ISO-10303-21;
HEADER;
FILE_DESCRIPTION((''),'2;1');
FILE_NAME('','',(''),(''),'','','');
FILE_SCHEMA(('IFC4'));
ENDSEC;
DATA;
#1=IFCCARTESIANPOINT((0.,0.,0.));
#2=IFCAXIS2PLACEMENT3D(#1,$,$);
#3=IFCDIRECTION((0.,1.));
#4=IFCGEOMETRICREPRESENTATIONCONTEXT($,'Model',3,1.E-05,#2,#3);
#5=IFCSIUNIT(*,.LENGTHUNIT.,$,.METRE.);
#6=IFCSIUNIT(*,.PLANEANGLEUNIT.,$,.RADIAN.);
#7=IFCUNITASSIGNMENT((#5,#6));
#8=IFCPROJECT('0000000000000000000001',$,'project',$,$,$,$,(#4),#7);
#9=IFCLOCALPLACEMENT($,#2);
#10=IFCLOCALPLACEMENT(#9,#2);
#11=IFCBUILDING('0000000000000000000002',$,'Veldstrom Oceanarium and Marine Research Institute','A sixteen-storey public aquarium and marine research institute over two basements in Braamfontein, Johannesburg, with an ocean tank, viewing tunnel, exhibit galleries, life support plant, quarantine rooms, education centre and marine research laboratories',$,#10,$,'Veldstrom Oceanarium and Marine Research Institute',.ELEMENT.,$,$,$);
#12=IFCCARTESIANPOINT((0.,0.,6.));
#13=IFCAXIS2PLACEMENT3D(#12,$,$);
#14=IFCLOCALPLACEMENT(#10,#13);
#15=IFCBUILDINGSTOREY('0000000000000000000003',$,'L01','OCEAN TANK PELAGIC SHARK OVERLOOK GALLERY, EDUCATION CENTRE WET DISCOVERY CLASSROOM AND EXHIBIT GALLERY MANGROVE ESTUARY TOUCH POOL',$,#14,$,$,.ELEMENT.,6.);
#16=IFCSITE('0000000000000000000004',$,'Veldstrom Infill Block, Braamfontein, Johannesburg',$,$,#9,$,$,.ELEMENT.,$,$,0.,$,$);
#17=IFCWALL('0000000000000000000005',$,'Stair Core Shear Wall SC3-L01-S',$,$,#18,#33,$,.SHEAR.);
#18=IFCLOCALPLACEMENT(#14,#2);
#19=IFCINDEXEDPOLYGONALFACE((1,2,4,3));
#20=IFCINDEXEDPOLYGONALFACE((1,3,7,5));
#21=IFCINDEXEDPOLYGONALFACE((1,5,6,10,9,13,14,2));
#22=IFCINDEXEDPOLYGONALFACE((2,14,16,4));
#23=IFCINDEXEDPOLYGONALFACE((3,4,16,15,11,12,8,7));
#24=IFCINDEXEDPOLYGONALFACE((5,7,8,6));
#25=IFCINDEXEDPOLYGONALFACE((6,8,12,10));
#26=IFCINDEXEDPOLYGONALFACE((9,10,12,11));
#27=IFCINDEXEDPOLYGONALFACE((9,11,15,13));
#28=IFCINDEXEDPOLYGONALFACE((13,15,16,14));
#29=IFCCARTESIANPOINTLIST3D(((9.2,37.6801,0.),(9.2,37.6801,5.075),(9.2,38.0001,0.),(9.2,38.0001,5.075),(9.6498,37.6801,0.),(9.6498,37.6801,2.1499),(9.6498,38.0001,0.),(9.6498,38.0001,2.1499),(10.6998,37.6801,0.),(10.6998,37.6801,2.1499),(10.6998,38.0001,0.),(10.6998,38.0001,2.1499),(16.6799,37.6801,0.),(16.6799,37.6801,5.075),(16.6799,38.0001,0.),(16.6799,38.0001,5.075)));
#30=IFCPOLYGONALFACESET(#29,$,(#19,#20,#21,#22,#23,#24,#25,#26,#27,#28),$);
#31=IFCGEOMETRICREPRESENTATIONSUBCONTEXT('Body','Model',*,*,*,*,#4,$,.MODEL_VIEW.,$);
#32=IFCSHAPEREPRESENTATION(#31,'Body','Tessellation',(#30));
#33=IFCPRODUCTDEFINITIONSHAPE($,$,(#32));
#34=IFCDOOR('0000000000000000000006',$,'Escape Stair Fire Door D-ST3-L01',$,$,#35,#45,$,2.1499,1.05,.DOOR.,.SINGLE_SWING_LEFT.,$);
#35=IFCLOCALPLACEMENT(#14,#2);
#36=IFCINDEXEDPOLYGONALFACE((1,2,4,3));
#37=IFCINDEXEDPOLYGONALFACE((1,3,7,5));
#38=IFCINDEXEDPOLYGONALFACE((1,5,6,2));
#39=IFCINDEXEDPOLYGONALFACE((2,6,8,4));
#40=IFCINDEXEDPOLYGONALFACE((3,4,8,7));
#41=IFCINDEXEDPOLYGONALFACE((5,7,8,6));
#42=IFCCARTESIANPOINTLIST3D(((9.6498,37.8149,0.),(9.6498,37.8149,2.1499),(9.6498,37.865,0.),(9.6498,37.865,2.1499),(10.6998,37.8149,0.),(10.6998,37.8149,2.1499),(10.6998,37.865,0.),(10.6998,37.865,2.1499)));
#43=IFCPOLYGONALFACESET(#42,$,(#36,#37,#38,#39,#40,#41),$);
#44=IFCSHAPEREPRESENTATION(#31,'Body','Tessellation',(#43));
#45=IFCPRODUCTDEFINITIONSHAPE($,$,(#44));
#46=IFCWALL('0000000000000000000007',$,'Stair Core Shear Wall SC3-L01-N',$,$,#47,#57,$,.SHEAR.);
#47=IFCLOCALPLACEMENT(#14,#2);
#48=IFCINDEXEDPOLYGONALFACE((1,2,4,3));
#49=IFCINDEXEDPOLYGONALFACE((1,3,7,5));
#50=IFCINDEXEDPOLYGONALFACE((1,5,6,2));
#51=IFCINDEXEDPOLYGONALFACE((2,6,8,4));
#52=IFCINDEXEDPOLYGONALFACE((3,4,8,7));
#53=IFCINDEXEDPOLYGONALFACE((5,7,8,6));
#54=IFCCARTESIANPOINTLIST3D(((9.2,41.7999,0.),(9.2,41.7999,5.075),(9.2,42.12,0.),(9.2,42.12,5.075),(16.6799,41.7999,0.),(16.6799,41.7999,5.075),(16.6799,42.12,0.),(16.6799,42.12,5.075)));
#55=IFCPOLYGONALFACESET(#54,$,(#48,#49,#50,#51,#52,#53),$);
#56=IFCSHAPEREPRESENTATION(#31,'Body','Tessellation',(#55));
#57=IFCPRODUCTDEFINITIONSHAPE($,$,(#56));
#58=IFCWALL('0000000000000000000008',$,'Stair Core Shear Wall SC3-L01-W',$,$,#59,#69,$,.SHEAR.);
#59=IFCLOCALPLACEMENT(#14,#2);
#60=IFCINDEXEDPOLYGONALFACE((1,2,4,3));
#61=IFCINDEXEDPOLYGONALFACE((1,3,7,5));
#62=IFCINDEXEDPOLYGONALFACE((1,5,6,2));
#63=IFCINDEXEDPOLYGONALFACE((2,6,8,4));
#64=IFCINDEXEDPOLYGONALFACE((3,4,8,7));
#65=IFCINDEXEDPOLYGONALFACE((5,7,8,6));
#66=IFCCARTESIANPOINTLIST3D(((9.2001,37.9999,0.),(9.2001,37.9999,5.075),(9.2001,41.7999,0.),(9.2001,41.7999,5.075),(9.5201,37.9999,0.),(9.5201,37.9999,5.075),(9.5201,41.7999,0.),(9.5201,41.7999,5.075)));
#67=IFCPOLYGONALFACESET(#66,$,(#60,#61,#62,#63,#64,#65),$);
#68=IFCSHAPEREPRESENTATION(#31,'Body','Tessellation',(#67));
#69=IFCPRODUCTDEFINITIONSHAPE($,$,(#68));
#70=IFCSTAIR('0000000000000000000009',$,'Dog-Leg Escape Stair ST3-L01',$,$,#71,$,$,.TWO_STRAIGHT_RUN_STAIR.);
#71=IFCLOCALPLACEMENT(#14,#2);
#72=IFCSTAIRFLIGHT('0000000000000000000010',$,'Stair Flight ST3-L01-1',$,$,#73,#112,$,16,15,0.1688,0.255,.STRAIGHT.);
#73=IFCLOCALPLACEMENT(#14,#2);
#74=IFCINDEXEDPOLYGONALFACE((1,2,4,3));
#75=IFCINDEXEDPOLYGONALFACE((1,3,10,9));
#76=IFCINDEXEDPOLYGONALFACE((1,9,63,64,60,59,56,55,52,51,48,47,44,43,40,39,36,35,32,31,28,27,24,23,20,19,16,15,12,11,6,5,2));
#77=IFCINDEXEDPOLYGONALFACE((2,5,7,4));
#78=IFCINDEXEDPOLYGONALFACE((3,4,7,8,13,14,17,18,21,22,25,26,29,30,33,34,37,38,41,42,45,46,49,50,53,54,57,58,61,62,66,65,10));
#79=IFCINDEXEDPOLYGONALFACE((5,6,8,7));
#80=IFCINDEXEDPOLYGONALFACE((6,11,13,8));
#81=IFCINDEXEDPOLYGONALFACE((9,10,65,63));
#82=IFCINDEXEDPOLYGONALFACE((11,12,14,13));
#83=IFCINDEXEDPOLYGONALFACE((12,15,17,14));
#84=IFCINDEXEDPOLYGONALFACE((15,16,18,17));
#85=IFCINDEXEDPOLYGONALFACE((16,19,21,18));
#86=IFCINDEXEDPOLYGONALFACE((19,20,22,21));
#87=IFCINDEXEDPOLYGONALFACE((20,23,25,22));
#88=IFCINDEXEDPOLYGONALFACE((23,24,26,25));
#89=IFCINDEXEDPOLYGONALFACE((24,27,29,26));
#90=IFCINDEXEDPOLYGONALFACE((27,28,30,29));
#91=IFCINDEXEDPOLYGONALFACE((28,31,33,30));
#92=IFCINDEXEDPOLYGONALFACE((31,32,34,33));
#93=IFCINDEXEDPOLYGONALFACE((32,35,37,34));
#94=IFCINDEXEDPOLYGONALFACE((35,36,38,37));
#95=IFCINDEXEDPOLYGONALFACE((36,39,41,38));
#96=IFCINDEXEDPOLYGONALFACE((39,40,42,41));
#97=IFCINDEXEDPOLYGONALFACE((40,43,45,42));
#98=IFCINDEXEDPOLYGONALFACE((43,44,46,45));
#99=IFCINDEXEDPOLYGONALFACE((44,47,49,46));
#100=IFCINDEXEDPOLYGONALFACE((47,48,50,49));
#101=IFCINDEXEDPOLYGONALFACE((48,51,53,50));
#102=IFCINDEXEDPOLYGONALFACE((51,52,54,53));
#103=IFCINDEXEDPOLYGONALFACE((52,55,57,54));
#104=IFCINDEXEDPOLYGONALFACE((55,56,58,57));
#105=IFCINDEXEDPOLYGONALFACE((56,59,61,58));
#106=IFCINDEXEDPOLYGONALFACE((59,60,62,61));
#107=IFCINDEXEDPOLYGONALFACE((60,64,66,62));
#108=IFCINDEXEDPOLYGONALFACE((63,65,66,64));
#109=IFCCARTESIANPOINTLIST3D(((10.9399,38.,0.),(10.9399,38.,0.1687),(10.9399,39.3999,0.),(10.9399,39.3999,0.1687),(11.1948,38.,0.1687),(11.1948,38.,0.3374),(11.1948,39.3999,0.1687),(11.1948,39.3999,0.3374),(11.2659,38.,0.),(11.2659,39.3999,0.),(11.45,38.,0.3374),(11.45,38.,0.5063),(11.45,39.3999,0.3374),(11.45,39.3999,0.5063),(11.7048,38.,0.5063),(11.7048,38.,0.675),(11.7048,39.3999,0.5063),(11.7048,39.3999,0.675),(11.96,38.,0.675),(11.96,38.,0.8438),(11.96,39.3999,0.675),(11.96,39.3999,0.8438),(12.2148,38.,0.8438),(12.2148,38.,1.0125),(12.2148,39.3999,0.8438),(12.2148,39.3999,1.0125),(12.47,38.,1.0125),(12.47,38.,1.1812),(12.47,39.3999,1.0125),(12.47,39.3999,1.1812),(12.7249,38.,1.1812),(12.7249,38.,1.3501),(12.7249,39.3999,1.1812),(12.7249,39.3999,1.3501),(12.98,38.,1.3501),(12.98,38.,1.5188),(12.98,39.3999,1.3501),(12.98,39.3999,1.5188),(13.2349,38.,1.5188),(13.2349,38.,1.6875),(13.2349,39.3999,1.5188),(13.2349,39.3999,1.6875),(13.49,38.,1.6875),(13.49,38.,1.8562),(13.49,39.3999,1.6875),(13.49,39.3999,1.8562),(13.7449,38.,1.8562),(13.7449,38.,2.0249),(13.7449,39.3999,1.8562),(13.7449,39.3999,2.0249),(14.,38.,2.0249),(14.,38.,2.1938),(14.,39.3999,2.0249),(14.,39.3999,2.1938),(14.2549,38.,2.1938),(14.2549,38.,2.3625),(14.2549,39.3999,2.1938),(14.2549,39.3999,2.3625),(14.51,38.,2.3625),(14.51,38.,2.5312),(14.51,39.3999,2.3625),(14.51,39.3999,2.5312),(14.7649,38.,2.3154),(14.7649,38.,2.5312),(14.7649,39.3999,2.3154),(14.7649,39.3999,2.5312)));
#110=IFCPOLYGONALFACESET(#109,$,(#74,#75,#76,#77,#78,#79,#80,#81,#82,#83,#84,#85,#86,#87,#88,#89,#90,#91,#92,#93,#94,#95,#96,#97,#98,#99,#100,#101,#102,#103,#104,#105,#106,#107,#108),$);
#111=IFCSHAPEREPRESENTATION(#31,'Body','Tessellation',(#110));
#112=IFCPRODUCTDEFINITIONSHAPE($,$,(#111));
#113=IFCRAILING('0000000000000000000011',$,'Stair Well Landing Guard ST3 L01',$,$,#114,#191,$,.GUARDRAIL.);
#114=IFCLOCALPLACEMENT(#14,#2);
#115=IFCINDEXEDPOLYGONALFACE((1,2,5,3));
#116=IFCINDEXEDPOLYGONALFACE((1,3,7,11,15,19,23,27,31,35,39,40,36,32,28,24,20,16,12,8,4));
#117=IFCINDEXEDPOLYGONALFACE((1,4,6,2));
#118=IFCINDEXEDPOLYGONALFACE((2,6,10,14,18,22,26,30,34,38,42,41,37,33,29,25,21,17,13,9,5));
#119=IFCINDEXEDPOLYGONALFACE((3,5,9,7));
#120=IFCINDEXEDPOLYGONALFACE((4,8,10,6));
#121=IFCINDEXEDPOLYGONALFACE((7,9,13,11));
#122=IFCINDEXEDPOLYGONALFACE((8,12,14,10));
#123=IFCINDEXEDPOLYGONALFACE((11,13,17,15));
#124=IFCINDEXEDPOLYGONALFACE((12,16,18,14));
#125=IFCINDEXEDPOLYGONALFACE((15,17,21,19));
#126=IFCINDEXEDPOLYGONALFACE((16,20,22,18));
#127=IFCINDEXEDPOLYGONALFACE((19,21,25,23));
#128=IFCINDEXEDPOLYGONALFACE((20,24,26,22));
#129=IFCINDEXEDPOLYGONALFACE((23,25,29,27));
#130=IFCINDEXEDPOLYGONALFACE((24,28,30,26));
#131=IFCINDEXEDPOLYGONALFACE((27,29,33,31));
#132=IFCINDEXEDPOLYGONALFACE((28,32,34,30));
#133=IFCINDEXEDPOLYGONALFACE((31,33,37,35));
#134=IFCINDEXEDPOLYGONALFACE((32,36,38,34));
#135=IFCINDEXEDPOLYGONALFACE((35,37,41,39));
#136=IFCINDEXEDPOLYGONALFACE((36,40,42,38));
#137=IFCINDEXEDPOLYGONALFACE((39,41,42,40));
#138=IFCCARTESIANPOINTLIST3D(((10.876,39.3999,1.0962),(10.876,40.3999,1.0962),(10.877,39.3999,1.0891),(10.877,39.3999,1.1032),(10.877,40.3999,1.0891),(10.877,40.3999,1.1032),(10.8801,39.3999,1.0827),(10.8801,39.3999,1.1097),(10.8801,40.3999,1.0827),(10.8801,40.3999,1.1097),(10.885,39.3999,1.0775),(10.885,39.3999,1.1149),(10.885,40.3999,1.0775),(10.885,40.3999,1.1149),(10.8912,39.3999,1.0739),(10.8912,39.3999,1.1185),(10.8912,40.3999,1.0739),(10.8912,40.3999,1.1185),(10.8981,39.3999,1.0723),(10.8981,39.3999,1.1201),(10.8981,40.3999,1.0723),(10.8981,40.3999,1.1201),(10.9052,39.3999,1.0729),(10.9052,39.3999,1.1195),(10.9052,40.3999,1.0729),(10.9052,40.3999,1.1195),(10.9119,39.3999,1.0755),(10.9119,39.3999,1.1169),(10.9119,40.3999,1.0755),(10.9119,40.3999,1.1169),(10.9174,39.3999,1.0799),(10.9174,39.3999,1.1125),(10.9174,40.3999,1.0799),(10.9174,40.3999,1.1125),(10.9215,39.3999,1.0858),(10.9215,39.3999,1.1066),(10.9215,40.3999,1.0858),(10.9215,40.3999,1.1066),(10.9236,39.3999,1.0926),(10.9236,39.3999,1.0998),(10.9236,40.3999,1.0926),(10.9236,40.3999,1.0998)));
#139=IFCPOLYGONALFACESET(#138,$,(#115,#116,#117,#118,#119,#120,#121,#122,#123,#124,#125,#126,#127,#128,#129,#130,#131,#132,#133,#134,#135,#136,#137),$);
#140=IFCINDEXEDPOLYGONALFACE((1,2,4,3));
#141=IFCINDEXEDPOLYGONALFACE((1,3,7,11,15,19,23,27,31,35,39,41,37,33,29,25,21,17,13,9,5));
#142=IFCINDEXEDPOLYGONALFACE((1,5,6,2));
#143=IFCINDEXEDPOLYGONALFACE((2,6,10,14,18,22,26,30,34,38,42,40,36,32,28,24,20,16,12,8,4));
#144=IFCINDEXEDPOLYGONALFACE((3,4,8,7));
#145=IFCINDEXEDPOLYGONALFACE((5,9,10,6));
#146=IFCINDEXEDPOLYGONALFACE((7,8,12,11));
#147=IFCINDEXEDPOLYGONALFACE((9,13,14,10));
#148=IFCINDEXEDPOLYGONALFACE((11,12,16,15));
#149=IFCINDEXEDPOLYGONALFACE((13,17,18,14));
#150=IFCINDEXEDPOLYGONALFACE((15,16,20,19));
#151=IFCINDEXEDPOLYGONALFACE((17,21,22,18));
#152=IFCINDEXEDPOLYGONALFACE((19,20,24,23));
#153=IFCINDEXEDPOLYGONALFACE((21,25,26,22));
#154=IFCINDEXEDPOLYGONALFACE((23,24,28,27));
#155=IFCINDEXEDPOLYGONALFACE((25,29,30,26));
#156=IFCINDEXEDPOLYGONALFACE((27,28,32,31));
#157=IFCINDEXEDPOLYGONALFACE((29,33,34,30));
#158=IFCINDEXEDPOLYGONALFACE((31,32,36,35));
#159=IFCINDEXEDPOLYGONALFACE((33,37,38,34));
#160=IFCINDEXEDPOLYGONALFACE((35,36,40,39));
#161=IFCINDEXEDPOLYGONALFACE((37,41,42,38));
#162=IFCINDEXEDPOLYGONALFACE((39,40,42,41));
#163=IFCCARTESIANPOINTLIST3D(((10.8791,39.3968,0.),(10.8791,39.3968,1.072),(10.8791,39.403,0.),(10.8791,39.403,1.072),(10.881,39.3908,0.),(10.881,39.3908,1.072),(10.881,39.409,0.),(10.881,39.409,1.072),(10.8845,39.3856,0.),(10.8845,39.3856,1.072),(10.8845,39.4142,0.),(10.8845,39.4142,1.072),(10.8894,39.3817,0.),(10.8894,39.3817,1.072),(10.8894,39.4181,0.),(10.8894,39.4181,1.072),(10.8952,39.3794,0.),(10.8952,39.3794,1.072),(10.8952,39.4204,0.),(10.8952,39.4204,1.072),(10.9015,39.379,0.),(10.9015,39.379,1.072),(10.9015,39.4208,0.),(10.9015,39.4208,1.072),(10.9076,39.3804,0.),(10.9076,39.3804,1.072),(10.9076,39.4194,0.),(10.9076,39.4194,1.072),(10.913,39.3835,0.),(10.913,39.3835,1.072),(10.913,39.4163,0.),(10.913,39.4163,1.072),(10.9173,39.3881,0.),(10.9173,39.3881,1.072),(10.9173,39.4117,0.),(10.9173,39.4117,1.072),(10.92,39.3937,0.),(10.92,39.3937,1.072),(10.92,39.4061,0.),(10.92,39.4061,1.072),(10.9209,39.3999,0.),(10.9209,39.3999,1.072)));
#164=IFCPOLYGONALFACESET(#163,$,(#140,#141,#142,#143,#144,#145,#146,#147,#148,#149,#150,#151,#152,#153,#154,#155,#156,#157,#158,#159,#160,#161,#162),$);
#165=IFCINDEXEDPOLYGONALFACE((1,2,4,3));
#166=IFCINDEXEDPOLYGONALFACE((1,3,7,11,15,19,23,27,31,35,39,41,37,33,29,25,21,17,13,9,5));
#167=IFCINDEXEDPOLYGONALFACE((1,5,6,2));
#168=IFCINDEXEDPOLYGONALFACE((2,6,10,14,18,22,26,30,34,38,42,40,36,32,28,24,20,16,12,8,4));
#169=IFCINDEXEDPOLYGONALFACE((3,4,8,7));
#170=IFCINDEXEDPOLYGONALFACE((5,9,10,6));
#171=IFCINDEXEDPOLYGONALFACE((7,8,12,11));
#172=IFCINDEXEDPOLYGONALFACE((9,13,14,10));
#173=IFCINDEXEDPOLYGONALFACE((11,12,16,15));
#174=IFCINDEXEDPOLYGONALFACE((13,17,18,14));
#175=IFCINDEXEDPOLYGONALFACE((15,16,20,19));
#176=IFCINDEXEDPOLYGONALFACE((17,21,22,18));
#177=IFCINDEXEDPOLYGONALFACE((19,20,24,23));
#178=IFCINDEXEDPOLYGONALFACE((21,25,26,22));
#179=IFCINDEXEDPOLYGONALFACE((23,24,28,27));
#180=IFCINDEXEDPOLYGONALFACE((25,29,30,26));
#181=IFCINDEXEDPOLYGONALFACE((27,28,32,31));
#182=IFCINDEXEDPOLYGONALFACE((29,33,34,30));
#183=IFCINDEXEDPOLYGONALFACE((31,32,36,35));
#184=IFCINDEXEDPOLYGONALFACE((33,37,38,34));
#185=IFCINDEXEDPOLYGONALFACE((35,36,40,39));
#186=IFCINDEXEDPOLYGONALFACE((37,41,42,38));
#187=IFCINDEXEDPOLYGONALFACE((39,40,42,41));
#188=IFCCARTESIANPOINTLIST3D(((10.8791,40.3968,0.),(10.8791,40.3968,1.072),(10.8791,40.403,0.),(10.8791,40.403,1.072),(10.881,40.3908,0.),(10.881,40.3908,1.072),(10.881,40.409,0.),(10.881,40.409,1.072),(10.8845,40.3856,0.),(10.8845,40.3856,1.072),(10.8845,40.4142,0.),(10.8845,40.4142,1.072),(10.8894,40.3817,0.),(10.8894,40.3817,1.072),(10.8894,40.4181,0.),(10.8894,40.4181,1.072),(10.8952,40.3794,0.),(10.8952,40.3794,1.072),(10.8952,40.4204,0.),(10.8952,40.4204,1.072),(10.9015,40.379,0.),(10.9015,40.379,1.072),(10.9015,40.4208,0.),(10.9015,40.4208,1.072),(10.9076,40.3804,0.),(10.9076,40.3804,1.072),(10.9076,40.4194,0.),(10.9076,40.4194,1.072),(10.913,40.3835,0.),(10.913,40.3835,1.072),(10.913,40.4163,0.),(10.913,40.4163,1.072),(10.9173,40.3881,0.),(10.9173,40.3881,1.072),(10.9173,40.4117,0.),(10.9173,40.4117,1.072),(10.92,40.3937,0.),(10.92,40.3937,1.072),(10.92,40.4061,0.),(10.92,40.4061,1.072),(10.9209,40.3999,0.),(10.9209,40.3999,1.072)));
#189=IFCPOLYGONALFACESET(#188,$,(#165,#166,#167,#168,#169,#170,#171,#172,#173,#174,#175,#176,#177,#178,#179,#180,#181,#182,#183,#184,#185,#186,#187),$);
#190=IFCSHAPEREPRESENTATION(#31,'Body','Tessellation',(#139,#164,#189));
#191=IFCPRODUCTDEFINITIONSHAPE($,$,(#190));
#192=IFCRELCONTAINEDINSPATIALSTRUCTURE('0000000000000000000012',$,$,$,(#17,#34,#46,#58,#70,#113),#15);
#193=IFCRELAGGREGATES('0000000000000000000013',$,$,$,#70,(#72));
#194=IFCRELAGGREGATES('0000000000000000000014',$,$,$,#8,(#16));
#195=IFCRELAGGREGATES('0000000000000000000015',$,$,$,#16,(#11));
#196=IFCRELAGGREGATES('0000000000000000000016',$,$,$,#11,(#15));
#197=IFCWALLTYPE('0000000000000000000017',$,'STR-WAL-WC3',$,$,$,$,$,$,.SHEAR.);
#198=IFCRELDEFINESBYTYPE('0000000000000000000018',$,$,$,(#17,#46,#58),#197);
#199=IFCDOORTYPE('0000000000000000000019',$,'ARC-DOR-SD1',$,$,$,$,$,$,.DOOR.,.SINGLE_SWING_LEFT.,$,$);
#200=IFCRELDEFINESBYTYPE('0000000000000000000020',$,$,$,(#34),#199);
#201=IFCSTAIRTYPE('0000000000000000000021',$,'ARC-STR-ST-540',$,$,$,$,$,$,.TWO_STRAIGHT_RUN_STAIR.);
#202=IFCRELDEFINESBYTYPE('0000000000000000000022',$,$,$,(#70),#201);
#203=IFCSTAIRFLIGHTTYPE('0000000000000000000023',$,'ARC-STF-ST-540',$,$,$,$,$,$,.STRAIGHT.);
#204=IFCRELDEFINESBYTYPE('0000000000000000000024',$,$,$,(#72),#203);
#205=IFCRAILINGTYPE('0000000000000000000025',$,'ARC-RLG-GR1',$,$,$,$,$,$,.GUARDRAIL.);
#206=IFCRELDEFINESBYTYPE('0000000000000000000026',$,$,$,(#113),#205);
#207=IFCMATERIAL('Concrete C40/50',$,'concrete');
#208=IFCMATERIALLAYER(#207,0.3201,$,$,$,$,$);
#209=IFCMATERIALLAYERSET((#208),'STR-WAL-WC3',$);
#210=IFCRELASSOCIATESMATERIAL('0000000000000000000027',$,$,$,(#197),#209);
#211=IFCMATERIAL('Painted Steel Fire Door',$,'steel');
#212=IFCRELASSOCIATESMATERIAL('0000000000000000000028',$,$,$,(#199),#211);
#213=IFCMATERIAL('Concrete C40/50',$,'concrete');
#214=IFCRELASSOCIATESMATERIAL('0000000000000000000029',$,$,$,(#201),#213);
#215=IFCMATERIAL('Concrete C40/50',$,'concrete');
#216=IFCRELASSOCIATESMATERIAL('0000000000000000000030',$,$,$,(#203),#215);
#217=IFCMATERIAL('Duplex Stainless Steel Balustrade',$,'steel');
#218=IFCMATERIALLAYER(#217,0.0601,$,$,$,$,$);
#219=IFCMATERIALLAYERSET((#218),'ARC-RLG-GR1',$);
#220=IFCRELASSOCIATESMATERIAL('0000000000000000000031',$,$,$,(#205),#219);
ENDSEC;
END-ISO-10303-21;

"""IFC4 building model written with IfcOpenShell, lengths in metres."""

from ifc_helpers import new_model, si_unit, direction, frame, frame_2d, origin, origin_2d, place, context, subcontext, project, spatial, polyline, rectangle, circle, outline, extrude, material, layer, layer_set, type_object, element, fill, aggregate, save


model = new_model("IFC4")

# Units and contexts
model_context = context("Model", 3, precision=1e-05, world=origin(), true_north=direction((0.0, 1.0)))
body_context = subcontext(model_context, "Body", "Model", "MODEL_VIEW")
ifc_project = project(units=[si_unit("LENGTHUNIT", "METRE"), si_unit("PLANEANGLEUNIT", "RADIAN")], contexts=[model_context])

# Site, building, storey
site_placement = place(None, origin())
site = spatial("IfcSite", under=ifc_project, at=site_placement, Name="Veldstrom Infill Block, Braamfontein, Johannesburg", CompositionType="ELEMENT", RefElevation=0.0)
building_placement = place(site_placement, origin())
building = spatial("IfcBuilding", under=site, at=building_placement, Name="Veldstrom Oceanarium and Marine Research Institute", Description="A sixteen-storey public aquarium and marine research institute over two basements in Braamfontein, Johannesburg, with an ocean tank, viewing tunnel, exhibit galleries, life support plant, quarantine rooms, education centre and marine research laboratories", LongName="Veldstrom Oceanarium and Marine Research Institute", CompositionType="ELEMENT")
storey_placement = place(building_placement, frame((0.0, 0.0, 6.0)))
storey = spatial("IfcBuildingStorey", under=building, at=storey_placement, Name="L01", Description="OCEAN TANK PELAGIC SHARK OVERLOOK GALLERY, EDUCATION CENTRE WET DISCOVERY CLASSROOM AND EXHIBIT GALLERY MANGROVE ESTUARY TOUCH POOL", CompositionType="ELEMENT", Elevation=6.0)

# Wall, opening, door
ifc_material_1 = material(Name="Concrete C40/50", Category="concrete")
ifc_layer_1 = layer(ifc_material_1, 0.3201)
ifc_layer_set_1 = layer_set([ifc_layer_1], Name="STR-WAL-WC3")
wall_type_1 = type_object("IfcWallType", Name="STR-WAL-WC3", PredefinedType="SHEAR", material=ifc_layer_set_1)
wall_1_placement = place(storey_placement, frame((9.2, 37.8401, 0.0), z_axis=(0.0, 0.0, 1.0), x_axis=(1.0, 0.0, 0.0)))
wall_1 = element("IfcWall", 1, at=wall_1_placement, inside=storey, type_object=wall_type_1, Name="Stair Core Shear Wall SC3-L01-S", PredefinedType="SHEAR", context=body_context, shape_type="SweptSolid", body=[
    extrude(rectangle(XDim=7.48, YDim=0.3201, at=frame_2d((3.74, 0.0))), origin(), (0.0, 0.0, 1.0), 5.075),
])
opening_1_placement = place(wall_1_placement, frame((0.45, 0.0, 0.0)))
opening_1 = element("IfcOpeningElement", 2, at=opening_1_placement, cuts=wall_1, PredefinedType="OPENING", context=body_context, shape_type="SweptSolid", body=[
    extrude(rectangle(XDim=1.05, YDim=2.1499, at=frame_2d((0.5249, 1.075))), frame((0.0, 0.1699, 0.0), z_axis=(0.0, -1.0, 0.0), x_axis=(1.0, 0.0, 0.0)), (0.0, 0.0, 1.0), 0.3401),
])
ifc_material_2 = material(Name="Painted Steel Fire Door", Category="steel")
door_type_1 = type_object("IfcDoorType", Name="ARC-DOR-SD1", OperationType="SINGLE_SWING_LEFT", PredefinedType="DOOR", material=ifc_material_2)
door_1_placement = place(opening_1_placement, origin())
door_1 = element("IfcDoor", 3, at=door_1_placement, inside=storey, type_object=door_type_1, Name="Escape Stair Fire Door D-ST3-L01", OperationType="SINGLE_SWING_LEFT", OverallHeight=2.1499, OverallWidth=1.05, PredefinedType="DOOR", context=body_context, shape_type="SweptSolid", body=[
    extrude(rectangle(XDim=1.05, YDim=2.1499, at=frame_2d((0.5249, 1.075))), frame((0.0, 0.0249, 0.0), z_axis=(0.0, -1.0, 0.0), x_axis=(1.0, 0.0, 0.0)), (0.0, 0.0, 1.0), 0.05),
])
fill(opening_1, door_1)

# Walls
wall_2_placement = place(storey_placement, frame((9.2, 41.96, 0.0), z_axis=(0.0, 0.0, 1.0), x_axis=(1.0, 0.0, 0.0)))
element("IfcWall", 4, at=wall_2_placement, inside=storey, type_object=wall_type_1, Name="Stair Core Shear Wall SC3-L01-N", PredefinedType="SHEAR", context=body_context, shape_type="SweptSolid", body=[
    extrude(rectangle(XDim=7.48, YDim=0.3201, at=frame_2d((3.74, 0.0))), origin(), (0.0, 0.0, 1.0), 5.075),
])
wall_3_placement = place(storey_placement, frame((9.3601, 38.0, 0.0), z_axis=(0.0, 0.0, 1.0), x_axis=(0.0, 1.0, 0.0)))
element("IfcWall", 5, at=wall_3_placement, inside=storey, type_object=wall_type_1, Name="Stair Core Shear Wall SC3-L01-W", PredefinedType="SHEAR", context=body_context, shape_type="SweptSolid", body=[
    extrude(rectangle(XDim=3.8, YDim=0.3201, at=frame_2d((1.8999, 0.0))), origin(), (0.0, 0.0, 1.0), 5.075),
])

# Stair, stair flight
ifc_material_3 = material(Name="Concrete C40/50", Category="concrete")
stair_type = type_object("IfcStairType", Name="ARC-STR-ST-540", PredefinedType="TWO_STRAIGHT_RUN_STAIR", material=ifc_material_3)
stair_placement = place(storey_placement, origin())
stair = element("IfcStair", 6, at=stair_placement, inside=storey, type_object=stair_type, Name="Dog-Leg Escape Stair ST3-L01", PredefinedType="TWO_STRAIGHT_RUN_STAIR")
ifc_material_4 = material(Name="Concrete C40/50", Category="concrete")
stair_flight_type = type_object("IfcStairFlightType", Name="ARC-STF-ST-540", PredefinedType="STRAIGHT", material=ifc_material_4)
stair_flight_placement = place(storey_placement, frame((10.9399, 38.7, 0.0), z_axis=(0.0, 0.0, 1.0), x_axis=(1.0, 0.0, 0.0)))
stair_flight = element("IfcStairFlight", 7, at=stair_flight_placement, type_object=stair_flight_type, Name="Stair Flight ST3-L01-1", NumberOfRisers=16, NumberOfTreads=15, PredefinedType="STRAIGHT", RiserHeight=0.1688, TreadLength=0.255, context=body_context, shape_type="SweptSolid", body=[
    extrude(outline(polyline([(0.0, 0.0), (0.0, 0.1687), (0.2549, 0.1687), (0.2549, 0.3374), (0.51, 0.3374), (0.51, 0.5063), (0.7649, 0.5063), (0.7649, 0.675), (1.02, 0.675), (1.02, 0.8438), (1.2749, 0.8438), (1.2749, 1.0125), (1.53, 1.0125), (1.53, 1.1812), (1.7849, 1.1812), (1.7849, 1.3501), (2.04, 1.3501), (2.04, 1.5188), (2.2949, 1.5188), (2.2949, 1.6875), (2.55, 1.6875), (2.55, 1.8562), (2.8049, 1.8562), (2.8049, 2.0249), (3.0601, 2.0249), (3.0601, 2.1938), (3.3149, 2.1938), (3.3149, 2.3625), (3.5701, 2.3625), (3.5701, 2.5312), (3.825, 2.5312), (3.825, 2.7), (3.825, 2.3154), (0.3259, 0.0), (0.0, 0.0)])), frame((0.0, 0.7, 0.0), z_axis=(0.0, -1.0, 0.0), x_axis=(1.0, 0.0, 0.0)), (0.0, 0.0, 1.0), 1.3999),
])
aggregate(stair, [stair_flight])

# Railing
ifc_material_5 = material(Name="Duplex Stainless Steel Balustrade", Category="steel")
ifc_layer_2 = layer(ifc_material_5, 0.0601)
ifc_layer_set_2 = layer_set([ifc_layer_2], Name="ARC-RLG-GR1")
railing_type_1 = type_object("IfcRailingType", Name="ARC-RLG-GR1", PredefinedType="GUARDRAIL", material=ifc_layer_set_2)
railing_1_placement = place(storey_placement, frame((10.8999, 39.3999, 0.0)))
element("IfcRailing", 8, at=railing_1_placement, inside=storey, type_object=railing_type_1, Name="Stair Well Landing Guard ST3 L01", PredefinedType="GUARDRAIL", context=body_context, shape_type="SweptSolid", body=[
    extrude(circle(Radius=0.0239, at=origin_2d()), frame((0.0, 0.0, 1.0962), z_axis=(0.0, 1.0, 0.0), x_axis=(-1.0, 0.0, 0.0)), (0.0, 0.0, 1.0), 1.0),
    extrude(circle(Radius=0.021, at=origin_2d()), origin(), (0.0, 0.0, 1.0), 1.072),
    extrude(circle(Radius=0.021, at=origin_2d()), frame((0.0, 1.0, 0.0)), (0.0, 0.0, 1.0), 1.072),
])

save(model, "model.ifc")
